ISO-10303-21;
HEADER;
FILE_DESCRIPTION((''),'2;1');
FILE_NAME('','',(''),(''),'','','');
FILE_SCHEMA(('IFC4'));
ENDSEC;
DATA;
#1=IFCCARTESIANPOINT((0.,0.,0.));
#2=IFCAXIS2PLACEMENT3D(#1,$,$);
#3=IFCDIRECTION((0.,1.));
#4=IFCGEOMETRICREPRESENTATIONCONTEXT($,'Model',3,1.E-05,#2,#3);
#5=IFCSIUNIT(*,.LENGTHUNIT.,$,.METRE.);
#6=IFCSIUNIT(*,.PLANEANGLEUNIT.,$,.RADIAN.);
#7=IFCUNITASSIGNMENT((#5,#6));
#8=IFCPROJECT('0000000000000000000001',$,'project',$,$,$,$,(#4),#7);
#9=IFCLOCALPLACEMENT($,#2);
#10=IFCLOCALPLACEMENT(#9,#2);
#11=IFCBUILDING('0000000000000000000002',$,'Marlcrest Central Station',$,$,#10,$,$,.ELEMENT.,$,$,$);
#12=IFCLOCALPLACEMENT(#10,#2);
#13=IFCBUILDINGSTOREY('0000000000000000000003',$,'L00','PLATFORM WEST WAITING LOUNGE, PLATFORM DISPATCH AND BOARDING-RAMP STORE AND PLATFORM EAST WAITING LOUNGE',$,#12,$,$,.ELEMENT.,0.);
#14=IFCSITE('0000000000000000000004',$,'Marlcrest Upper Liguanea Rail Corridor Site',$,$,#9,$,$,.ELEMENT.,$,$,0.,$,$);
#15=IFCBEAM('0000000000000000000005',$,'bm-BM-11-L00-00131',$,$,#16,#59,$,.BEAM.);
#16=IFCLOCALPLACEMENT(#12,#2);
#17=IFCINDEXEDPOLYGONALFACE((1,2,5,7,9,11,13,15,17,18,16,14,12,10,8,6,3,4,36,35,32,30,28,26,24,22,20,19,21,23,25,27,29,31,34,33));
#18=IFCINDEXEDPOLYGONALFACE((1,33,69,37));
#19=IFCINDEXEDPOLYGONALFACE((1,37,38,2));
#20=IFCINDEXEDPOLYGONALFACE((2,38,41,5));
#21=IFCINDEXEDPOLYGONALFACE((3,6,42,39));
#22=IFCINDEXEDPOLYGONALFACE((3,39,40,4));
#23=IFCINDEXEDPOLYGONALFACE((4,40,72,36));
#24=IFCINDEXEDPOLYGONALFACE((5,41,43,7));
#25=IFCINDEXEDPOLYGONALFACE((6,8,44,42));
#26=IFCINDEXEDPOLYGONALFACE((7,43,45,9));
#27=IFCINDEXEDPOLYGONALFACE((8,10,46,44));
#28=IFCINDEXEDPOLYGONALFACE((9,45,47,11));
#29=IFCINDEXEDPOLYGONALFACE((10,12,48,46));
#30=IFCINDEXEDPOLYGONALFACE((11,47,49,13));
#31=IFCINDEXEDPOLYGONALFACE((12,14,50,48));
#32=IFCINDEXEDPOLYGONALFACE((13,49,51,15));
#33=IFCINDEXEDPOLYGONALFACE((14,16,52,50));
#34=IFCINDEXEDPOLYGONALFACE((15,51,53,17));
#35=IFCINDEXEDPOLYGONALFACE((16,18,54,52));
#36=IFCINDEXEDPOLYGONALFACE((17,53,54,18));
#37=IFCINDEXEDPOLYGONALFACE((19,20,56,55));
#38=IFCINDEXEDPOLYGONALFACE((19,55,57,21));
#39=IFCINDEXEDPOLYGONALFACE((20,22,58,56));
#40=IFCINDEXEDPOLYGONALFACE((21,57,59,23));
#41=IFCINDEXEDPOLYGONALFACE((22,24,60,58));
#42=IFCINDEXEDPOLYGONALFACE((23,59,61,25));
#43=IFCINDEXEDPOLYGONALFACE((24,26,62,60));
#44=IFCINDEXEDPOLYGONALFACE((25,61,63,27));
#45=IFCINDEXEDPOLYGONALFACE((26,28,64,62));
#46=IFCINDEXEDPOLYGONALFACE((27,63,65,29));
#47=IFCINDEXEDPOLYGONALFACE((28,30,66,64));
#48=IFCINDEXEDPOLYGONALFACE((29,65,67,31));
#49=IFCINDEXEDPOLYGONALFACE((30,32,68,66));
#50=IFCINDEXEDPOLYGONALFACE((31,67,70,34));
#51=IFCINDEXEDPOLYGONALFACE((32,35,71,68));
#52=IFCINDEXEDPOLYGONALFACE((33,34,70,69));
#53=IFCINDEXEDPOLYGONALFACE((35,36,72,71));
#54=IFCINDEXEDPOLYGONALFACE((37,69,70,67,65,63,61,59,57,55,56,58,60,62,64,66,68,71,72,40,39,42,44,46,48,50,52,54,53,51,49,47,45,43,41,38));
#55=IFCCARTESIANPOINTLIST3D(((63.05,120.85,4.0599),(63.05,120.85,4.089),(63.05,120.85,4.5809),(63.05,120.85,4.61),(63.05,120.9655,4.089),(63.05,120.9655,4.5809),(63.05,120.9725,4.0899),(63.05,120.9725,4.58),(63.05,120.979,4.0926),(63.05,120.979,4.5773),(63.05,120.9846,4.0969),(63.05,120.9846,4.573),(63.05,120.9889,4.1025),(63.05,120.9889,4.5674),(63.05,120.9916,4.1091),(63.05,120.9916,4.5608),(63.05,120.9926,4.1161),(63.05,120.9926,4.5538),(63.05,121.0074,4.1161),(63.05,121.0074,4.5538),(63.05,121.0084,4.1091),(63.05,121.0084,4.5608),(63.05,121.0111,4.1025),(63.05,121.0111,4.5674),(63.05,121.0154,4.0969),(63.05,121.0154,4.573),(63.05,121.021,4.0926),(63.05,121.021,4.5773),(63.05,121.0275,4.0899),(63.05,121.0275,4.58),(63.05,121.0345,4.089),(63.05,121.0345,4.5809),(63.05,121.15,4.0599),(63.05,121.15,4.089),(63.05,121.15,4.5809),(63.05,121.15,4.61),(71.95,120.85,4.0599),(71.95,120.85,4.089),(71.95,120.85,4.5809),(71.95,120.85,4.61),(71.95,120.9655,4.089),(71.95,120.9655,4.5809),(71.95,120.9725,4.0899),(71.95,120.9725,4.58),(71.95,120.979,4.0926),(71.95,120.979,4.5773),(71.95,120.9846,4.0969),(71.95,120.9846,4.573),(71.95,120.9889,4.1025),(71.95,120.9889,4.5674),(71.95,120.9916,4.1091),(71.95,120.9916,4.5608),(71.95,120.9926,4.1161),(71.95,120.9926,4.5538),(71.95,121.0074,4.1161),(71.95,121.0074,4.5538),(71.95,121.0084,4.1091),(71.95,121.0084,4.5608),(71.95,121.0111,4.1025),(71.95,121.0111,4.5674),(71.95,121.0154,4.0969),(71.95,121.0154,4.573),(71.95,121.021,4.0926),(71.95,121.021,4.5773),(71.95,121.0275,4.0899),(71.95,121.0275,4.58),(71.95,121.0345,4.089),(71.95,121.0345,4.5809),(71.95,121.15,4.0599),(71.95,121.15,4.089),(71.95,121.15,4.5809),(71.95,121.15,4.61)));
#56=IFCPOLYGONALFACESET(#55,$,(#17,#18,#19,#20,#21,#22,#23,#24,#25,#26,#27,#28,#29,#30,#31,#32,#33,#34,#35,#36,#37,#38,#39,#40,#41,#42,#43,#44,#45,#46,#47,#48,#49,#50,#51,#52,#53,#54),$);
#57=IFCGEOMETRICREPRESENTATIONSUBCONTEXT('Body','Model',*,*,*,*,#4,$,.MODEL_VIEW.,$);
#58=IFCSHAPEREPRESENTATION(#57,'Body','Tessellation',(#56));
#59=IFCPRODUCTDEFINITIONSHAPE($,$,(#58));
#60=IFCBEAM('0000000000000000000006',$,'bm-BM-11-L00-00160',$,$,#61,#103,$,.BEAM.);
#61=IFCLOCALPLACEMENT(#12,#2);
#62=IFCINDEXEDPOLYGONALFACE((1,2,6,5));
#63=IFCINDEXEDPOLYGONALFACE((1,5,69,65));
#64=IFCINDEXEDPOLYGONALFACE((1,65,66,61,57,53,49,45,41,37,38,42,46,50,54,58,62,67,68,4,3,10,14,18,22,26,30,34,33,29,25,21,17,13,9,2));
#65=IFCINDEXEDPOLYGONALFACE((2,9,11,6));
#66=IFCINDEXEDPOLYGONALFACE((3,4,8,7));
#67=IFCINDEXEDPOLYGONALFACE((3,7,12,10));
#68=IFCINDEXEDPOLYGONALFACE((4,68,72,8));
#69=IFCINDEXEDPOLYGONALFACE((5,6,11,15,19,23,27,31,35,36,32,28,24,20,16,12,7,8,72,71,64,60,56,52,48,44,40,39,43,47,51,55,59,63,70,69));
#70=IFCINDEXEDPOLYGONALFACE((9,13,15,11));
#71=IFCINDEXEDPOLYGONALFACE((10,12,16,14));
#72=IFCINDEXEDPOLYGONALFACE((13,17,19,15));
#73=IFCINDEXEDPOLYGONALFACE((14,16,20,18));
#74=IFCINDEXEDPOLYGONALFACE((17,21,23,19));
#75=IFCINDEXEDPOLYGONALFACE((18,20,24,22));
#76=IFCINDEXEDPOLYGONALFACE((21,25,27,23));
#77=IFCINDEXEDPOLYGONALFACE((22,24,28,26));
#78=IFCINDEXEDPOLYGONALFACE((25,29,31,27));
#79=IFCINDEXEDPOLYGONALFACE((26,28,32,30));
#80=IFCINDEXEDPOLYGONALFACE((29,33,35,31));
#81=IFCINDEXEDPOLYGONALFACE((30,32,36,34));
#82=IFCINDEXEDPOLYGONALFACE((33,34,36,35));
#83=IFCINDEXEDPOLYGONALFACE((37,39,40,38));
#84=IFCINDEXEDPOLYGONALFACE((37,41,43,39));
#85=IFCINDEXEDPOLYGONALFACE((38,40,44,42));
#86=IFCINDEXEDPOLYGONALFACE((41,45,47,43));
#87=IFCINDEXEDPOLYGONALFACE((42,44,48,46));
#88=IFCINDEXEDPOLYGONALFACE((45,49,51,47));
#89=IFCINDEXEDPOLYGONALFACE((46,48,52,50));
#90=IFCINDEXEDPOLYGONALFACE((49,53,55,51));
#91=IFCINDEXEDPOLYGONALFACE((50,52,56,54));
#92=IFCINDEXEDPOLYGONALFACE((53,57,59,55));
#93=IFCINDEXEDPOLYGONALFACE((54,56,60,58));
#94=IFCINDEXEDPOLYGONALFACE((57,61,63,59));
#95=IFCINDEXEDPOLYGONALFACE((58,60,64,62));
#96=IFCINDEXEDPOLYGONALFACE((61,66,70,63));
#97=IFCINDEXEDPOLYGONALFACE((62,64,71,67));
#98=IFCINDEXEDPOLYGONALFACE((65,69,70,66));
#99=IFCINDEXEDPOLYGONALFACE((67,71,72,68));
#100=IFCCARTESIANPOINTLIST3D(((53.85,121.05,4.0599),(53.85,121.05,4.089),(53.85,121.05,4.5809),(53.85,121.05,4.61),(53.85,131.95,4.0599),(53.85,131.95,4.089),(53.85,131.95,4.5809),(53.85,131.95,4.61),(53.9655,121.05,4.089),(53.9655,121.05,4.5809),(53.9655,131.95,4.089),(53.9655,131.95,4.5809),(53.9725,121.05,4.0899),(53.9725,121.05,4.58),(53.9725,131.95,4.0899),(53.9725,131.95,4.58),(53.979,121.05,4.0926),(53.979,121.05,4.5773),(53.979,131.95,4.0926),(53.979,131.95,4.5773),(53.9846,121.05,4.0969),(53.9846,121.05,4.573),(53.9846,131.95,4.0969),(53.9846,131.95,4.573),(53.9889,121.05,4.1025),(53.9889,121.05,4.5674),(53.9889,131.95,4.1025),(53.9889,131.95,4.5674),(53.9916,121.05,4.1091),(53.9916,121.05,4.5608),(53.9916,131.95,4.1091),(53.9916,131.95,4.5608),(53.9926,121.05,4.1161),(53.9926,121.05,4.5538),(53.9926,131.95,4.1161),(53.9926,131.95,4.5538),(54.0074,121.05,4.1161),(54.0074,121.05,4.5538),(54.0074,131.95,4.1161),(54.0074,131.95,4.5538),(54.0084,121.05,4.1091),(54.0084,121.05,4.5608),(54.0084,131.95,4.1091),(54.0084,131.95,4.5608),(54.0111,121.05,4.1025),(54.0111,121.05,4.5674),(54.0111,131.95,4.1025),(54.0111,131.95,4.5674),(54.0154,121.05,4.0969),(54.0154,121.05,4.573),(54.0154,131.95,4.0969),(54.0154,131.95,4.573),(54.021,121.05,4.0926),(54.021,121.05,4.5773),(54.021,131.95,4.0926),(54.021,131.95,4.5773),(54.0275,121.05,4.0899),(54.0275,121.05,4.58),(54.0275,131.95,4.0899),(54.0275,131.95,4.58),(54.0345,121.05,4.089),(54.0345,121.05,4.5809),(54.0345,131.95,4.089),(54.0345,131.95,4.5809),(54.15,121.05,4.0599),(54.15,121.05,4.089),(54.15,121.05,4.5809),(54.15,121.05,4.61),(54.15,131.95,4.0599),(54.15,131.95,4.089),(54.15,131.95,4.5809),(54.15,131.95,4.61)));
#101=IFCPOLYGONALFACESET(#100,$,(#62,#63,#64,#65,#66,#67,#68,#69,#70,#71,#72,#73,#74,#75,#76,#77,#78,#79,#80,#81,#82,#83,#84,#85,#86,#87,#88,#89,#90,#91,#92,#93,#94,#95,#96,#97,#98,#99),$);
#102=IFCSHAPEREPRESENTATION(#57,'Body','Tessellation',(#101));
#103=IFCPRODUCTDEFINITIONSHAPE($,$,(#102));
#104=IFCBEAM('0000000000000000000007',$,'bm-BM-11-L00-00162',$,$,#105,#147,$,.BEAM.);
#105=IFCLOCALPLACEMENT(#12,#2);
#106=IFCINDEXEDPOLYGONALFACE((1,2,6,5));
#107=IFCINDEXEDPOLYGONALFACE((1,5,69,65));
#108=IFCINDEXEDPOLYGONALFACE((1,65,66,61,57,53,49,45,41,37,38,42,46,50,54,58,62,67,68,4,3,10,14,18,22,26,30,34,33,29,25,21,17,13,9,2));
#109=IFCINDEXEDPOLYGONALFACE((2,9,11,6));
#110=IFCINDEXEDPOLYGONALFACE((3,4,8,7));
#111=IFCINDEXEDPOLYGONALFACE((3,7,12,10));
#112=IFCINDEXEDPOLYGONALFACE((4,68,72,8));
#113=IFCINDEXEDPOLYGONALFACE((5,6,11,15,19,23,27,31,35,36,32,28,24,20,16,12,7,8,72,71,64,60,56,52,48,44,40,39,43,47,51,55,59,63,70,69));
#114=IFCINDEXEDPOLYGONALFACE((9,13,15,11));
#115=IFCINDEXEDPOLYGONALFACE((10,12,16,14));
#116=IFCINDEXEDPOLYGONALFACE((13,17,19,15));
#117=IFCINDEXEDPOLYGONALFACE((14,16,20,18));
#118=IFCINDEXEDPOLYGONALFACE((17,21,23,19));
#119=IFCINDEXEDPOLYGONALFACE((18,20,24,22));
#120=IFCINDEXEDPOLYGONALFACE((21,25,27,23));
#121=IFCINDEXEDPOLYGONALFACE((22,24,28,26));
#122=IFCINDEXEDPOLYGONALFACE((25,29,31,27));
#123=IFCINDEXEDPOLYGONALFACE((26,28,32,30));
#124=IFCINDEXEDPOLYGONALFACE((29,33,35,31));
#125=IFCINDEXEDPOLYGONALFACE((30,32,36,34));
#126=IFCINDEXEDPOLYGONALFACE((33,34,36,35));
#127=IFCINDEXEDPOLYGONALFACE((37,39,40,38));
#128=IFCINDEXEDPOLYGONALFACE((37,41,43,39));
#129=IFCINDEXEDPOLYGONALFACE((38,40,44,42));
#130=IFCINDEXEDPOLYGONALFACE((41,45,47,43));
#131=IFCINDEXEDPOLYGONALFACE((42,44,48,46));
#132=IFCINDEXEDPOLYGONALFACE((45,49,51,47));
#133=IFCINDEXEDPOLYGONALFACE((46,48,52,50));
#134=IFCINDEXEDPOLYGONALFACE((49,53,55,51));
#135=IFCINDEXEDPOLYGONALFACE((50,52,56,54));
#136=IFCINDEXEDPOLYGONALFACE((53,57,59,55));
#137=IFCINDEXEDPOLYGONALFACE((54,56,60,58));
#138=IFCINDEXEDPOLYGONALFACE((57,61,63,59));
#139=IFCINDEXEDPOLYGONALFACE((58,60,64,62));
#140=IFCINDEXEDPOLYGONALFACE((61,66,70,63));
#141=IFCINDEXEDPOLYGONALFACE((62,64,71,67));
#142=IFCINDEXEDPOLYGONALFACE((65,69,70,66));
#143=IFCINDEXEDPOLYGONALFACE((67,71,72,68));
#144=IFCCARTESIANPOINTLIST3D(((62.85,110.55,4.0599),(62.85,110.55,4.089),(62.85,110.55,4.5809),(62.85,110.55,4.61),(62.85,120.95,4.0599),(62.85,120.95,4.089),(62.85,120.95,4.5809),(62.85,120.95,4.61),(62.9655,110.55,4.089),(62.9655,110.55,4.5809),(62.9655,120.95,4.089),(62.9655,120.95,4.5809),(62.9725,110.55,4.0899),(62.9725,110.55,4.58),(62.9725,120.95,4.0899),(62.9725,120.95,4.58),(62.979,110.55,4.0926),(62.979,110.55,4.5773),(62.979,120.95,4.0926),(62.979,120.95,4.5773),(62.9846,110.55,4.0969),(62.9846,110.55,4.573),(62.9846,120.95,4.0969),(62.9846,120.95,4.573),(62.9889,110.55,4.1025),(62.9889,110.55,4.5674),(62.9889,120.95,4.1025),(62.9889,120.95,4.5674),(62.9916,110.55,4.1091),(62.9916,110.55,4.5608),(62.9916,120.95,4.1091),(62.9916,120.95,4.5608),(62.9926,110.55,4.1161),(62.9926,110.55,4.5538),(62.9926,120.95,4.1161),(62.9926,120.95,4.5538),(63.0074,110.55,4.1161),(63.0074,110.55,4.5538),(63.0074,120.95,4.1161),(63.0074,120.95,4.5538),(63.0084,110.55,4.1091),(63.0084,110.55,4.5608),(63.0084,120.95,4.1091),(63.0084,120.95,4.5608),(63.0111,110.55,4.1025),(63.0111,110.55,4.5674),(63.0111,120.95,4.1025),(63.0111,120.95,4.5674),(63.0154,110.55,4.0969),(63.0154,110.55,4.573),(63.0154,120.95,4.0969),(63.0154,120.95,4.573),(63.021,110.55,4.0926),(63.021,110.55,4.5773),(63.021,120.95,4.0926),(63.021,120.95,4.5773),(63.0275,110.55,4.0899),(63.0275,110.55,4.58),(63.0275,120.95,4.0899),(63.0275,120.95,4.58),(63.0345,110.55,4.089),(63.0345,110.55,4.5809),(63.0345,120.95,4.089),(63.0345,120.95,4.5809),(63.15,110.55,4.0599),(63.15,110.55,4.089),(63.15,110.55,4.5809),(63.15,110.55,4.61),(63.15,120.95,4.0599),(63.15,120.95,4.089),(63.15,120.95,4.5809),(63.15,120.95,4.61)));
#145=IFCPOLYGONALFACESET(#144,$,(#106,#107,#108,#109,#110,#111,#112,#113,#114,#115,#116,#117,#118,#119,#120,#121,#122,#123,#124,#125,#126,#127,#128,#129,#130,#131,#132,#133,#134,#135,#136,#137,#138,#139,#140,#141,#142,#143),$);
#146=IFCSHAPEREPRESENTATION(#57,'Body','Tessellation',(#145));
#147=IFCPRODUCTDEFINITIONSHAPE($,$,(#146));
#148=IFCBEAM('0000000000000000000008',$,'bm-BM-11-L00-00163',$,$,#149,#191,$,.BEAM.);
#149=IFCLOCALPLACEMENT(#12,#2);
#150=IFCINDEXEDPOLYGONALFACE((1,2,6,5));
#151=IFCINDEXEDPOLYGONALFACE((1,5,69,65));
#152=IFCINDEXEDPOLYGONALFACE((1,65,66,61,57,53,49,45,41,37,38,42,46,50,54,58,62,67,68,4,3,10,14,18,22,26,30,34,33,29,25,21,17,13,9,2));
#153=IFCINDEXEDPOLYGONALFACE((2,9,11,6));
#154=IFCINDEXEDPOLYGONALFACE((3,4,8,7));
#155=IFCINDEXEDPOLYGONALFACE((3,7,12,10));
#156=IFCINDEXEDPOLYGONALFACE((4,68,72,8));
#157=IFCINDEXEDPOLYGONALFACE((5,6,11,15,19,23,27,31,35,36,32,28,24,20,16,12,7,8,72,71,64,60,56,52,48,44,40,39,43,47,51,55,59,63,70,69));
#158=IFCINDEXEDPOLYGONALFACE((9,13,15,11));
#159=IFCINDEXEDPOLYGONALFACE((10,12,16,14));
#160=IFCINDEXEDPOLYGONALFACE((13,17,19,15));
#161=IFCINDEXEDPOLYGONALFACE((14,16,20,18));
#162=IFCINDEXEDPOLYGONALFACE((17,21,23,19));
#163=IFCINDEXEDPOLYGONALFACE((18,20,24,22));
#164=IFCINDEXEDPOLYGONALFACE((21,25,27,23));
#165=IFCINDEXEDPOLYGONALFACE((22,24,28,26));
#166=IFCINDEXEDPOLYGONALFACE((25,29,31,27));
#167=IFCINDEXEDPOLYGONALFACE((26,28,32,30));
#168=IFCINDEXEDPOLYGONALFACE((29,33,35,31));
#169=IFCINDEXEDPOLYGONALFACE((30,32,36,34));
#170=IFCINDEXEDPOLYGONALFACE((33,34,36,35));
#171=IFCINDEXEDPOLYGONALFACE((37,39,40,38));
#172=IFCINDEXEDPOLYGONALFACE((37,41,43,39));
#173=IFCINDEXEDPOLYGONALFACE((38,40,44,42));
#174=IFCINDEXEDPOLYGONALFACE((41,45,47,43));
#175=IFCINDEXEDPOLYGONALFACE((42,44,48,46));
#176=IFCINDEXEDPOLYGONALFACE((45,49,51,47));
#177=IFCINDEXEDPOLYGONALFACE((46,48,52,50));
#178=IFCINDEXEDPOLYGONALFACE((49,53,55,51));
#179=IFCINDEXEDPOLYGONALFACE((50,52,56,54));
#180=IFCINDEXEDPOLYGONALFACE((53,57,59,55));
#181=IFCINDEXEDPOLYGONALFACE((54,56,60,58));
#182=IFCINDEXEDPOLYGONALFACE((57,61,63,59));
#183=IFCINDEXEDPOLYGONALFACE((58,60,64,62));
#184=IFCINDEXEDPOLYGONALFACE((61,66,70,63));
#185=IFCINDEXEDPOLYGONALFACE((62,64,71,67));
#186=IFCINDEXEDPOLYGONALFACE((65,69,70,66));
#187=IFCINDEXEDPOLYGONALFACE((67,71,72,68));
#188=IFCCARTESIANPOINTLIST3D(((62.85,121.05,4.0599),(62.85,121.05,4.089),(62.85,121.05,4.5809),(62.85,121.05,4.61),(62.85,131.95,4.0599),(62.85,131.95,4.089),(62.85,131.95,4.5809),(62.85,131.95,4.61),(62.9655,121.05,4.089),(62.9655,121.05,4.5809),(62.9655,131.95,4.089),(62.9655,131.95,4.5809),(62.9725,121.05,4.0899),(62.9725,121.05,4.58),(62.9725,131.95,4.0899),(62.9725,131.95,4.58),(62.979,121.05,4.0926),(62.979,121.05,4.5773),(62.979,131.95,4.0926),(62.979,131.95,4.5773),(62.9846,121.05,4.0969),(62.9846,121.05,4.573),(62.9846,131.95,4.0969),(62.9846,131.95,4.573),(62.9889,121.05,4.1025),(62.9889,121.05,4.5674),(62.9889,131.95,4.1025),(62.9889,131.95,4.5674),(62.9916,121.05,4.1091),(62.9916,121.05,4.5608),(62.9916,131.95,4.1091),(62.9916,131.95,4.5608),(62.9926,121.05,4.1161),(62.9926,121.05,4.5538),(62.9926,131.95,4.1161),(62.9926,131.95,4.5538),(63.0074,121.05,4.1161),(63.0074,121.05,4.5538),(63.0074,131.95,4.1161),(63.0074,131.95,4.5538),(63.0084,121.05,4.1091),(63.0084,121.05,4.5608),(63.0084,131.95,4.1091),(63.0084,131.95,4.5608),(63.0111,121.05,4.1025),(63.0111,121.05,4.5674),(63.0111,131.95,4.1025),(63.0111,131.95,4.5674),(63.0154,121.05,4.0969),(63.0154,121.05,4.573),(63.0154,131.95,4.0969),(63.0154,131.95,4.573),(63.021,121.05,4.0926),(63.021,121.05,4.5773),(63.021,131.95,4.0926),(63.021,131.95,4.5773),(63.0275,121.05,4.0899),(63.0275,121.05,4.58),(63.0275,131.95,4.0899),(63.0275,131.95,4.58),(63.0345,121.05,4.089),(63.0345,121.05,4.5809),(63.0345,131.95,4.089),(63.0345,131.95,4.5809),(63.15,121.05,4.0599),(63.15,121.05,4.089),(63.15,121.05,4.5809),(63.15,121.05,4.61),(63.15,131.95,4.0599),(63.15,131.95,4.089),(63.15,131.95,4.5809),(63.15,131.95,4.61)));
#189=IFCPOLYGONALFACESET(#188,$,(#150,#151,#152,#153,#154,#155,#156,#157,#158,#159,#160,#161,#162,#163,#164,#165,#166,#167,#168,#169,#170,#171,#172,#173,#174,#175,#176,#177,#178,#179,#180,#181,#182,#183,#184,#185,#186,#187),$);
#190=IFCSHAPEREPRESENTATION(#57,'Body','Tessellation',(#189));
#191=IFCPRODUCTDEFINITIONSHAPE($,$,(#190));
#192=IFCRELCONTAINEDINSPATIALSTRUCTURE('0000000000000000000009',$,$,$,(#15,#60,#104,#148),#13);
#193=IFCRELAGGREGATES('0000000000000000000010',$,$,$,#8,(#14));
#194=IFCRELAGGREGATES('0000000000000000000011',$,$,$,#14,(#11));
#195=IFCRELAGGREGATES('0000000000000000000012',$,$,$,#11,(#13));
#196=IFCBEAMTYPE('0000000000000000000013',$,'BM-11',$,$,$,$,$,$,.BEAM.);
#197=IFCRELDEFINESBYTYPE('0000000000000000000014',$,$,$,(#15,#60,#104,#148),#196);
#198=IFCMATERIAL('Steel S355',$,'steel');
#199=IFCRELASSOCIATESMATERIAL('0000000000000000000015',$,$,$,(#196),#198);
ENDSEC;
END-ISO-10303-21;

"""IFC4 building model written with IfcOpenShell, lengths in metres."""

from ifc_helpers import new_model, si_unit, direction, frame, origin, origin_2d, place, context, subcontext, project, spatial, i_section, extrude, material, material_profile, profile_set, type_object, element, save


model = new_model("IFC4")

# Units and contexts
model_context = context("Model", 3, precision=1e-05, world=origin(), true_north=direction((0.0, 1.0)))
body_context = subcontext(model_context, "Body", "Model", "MODEL_VIEW")
ifc_project = project(units=[si_unit("LENGTHUNIT", "METRE"), si_unit("PLANEANGLEUNIT", "RADIAN")], contexts=[model_context])

# Site, building, storey
site_placement = place(None, origin())
site = spatial("IfcSite", under=ifc_project, at=site_placement, Name="Marlcrest Upper Liguanea Rail Corridor Site", CompositionType="ELEMENT", RefElevation=0.0)
building_placement = place(site_placement, origin())
building = spatial("IfcBuilding", under=site, at=building_placement, Name="Marlcrest Central Station", CompositionType="ELEMENT")
storey_placement = place(building_placement, origin())
storey = spatial("IfcBuildingStorey", under=building, at=storey_placement, Name="L00", Description="PLATFORM WEST WAITING LOUNGE, PLATFORM DISPATCH AND BOARDING-RAMP STORE AND PLATFORM EAST WAITING LOUNGE", CompositionType="ELEMENT", Elevation=0.0)

# Shared definitions
ifc_material_1 = material(Name="Steel S355", Category="steel")

# Beams
ifc_material_profile_1 = material_profile(ifc_material_1, i_section(OverallWidth=0.3, OverallDepth=0.55, WebThickness=0.0149, FlangeThickness=0.0291, FilletRadius=0.0271, at=origin_2d()), Name="HEB 550")
ifc_profile_set_1 = profile_set([ifc_material_profile_1], Name="Steel S355")
beam_type_1 = type_object("IfcBeamType", Name="BM-11", PredefinedType="BEAM", material=ifc_profile_set_1)
for number, where, z_axis, x_axis, name in (
    (1, (63.05, 121.0, 4.335), (1.0, 0.0, 0.0), (0.0, 1.0, 0.0), "bm-BM-11-L00-00131"),
):
    element("IfcBeam", number, at=place(storey_placement, frame(where, z_axis=z_axis, x_axis=x_axis)), inside=storey, type_object=beam_type_1, Name=name, PredefinedType="BEAM", context=body_context, shape_type="SweptSolid", body=[
        extrude(i_section(OverallWidth=0.3, OverallDepth=0.55, WebThickness=0.0149, FlangeThickness=0.0291, FilletRadius=0.0271, at=origin_2d()), origin(), (0.0, 0.0, 1.0), 8.8999),
    ])
beam_1_placement = place(storey_placement, frame((54.0, 121.05, 4.335), z_axis=(0.0, 1.0, 0.0), x_axis=(-1.0, 0.0, 0.0)))
element("IfcBeam", 2, at=beam_1_placement, inside=storey, type_object=beam_type_1, Name="bm-BM-11-L00-00160", PredefinedType="BEAM", context=body_context, shape_type="SweptSolid", body=[
    extrude(i_section(OverallWidth=0.3, OverallDepth=0.55, WebThickness=0.0149, FlangeThickness=0.0291, FilletRadius=0.0271, at=origin_2d()), origin(), (0.0, 0.0, 1.0), 10.8999),
])
beam_2_placement = place(storey_placement, frame((63.0, 110.55, 4.335), z_axis=(0.0, 1.0, 0.0), x_axis=(-1.0, 0.0, 0.0)))
element("IfcBeam", 3, at=beam_2_placement, inside=storey, type_object=beam_type_1, Name="bm-BM-11-L00-00162", PredefinedType="BEAM", context=body_context, shape_type="SweptSolid", body=[
    extrude(i_section(OverallWidth=0.3, OverallDepth=0.55, WebThickness=0.0149, FlangeThickness=0.0291, FilletRadius=0.0271, at=origin_2d()), origin(), (0.0, 0.0, 1.0), 10.3999),
])
beam_3_placement = place(storey_placement, frame((63.0, 121.05, 4.335), z_axis=(0.0, 1.0, 0.0), x_axis=(-1.0, 0.0, 0.0)))
element("IfcBeam", 4, at=beam_3_placement, inside=storey, type_object=beam_type_1, Name="bm-BM-11-L00-00163", PredefinedType="BEAM", context=body_context, shape_type="SweptSolid", body=[
    extrude(i_section(OverallWidth=0.3, OverallDepth=0.55, WebThickness=0.0149, FlangeThickness=0.0291, FilletRadius=0.0271, at=origin_2d()), origin(), (0.0, 0.0, 1.0), 10.8999),
])

save(model, "model.ifc")
